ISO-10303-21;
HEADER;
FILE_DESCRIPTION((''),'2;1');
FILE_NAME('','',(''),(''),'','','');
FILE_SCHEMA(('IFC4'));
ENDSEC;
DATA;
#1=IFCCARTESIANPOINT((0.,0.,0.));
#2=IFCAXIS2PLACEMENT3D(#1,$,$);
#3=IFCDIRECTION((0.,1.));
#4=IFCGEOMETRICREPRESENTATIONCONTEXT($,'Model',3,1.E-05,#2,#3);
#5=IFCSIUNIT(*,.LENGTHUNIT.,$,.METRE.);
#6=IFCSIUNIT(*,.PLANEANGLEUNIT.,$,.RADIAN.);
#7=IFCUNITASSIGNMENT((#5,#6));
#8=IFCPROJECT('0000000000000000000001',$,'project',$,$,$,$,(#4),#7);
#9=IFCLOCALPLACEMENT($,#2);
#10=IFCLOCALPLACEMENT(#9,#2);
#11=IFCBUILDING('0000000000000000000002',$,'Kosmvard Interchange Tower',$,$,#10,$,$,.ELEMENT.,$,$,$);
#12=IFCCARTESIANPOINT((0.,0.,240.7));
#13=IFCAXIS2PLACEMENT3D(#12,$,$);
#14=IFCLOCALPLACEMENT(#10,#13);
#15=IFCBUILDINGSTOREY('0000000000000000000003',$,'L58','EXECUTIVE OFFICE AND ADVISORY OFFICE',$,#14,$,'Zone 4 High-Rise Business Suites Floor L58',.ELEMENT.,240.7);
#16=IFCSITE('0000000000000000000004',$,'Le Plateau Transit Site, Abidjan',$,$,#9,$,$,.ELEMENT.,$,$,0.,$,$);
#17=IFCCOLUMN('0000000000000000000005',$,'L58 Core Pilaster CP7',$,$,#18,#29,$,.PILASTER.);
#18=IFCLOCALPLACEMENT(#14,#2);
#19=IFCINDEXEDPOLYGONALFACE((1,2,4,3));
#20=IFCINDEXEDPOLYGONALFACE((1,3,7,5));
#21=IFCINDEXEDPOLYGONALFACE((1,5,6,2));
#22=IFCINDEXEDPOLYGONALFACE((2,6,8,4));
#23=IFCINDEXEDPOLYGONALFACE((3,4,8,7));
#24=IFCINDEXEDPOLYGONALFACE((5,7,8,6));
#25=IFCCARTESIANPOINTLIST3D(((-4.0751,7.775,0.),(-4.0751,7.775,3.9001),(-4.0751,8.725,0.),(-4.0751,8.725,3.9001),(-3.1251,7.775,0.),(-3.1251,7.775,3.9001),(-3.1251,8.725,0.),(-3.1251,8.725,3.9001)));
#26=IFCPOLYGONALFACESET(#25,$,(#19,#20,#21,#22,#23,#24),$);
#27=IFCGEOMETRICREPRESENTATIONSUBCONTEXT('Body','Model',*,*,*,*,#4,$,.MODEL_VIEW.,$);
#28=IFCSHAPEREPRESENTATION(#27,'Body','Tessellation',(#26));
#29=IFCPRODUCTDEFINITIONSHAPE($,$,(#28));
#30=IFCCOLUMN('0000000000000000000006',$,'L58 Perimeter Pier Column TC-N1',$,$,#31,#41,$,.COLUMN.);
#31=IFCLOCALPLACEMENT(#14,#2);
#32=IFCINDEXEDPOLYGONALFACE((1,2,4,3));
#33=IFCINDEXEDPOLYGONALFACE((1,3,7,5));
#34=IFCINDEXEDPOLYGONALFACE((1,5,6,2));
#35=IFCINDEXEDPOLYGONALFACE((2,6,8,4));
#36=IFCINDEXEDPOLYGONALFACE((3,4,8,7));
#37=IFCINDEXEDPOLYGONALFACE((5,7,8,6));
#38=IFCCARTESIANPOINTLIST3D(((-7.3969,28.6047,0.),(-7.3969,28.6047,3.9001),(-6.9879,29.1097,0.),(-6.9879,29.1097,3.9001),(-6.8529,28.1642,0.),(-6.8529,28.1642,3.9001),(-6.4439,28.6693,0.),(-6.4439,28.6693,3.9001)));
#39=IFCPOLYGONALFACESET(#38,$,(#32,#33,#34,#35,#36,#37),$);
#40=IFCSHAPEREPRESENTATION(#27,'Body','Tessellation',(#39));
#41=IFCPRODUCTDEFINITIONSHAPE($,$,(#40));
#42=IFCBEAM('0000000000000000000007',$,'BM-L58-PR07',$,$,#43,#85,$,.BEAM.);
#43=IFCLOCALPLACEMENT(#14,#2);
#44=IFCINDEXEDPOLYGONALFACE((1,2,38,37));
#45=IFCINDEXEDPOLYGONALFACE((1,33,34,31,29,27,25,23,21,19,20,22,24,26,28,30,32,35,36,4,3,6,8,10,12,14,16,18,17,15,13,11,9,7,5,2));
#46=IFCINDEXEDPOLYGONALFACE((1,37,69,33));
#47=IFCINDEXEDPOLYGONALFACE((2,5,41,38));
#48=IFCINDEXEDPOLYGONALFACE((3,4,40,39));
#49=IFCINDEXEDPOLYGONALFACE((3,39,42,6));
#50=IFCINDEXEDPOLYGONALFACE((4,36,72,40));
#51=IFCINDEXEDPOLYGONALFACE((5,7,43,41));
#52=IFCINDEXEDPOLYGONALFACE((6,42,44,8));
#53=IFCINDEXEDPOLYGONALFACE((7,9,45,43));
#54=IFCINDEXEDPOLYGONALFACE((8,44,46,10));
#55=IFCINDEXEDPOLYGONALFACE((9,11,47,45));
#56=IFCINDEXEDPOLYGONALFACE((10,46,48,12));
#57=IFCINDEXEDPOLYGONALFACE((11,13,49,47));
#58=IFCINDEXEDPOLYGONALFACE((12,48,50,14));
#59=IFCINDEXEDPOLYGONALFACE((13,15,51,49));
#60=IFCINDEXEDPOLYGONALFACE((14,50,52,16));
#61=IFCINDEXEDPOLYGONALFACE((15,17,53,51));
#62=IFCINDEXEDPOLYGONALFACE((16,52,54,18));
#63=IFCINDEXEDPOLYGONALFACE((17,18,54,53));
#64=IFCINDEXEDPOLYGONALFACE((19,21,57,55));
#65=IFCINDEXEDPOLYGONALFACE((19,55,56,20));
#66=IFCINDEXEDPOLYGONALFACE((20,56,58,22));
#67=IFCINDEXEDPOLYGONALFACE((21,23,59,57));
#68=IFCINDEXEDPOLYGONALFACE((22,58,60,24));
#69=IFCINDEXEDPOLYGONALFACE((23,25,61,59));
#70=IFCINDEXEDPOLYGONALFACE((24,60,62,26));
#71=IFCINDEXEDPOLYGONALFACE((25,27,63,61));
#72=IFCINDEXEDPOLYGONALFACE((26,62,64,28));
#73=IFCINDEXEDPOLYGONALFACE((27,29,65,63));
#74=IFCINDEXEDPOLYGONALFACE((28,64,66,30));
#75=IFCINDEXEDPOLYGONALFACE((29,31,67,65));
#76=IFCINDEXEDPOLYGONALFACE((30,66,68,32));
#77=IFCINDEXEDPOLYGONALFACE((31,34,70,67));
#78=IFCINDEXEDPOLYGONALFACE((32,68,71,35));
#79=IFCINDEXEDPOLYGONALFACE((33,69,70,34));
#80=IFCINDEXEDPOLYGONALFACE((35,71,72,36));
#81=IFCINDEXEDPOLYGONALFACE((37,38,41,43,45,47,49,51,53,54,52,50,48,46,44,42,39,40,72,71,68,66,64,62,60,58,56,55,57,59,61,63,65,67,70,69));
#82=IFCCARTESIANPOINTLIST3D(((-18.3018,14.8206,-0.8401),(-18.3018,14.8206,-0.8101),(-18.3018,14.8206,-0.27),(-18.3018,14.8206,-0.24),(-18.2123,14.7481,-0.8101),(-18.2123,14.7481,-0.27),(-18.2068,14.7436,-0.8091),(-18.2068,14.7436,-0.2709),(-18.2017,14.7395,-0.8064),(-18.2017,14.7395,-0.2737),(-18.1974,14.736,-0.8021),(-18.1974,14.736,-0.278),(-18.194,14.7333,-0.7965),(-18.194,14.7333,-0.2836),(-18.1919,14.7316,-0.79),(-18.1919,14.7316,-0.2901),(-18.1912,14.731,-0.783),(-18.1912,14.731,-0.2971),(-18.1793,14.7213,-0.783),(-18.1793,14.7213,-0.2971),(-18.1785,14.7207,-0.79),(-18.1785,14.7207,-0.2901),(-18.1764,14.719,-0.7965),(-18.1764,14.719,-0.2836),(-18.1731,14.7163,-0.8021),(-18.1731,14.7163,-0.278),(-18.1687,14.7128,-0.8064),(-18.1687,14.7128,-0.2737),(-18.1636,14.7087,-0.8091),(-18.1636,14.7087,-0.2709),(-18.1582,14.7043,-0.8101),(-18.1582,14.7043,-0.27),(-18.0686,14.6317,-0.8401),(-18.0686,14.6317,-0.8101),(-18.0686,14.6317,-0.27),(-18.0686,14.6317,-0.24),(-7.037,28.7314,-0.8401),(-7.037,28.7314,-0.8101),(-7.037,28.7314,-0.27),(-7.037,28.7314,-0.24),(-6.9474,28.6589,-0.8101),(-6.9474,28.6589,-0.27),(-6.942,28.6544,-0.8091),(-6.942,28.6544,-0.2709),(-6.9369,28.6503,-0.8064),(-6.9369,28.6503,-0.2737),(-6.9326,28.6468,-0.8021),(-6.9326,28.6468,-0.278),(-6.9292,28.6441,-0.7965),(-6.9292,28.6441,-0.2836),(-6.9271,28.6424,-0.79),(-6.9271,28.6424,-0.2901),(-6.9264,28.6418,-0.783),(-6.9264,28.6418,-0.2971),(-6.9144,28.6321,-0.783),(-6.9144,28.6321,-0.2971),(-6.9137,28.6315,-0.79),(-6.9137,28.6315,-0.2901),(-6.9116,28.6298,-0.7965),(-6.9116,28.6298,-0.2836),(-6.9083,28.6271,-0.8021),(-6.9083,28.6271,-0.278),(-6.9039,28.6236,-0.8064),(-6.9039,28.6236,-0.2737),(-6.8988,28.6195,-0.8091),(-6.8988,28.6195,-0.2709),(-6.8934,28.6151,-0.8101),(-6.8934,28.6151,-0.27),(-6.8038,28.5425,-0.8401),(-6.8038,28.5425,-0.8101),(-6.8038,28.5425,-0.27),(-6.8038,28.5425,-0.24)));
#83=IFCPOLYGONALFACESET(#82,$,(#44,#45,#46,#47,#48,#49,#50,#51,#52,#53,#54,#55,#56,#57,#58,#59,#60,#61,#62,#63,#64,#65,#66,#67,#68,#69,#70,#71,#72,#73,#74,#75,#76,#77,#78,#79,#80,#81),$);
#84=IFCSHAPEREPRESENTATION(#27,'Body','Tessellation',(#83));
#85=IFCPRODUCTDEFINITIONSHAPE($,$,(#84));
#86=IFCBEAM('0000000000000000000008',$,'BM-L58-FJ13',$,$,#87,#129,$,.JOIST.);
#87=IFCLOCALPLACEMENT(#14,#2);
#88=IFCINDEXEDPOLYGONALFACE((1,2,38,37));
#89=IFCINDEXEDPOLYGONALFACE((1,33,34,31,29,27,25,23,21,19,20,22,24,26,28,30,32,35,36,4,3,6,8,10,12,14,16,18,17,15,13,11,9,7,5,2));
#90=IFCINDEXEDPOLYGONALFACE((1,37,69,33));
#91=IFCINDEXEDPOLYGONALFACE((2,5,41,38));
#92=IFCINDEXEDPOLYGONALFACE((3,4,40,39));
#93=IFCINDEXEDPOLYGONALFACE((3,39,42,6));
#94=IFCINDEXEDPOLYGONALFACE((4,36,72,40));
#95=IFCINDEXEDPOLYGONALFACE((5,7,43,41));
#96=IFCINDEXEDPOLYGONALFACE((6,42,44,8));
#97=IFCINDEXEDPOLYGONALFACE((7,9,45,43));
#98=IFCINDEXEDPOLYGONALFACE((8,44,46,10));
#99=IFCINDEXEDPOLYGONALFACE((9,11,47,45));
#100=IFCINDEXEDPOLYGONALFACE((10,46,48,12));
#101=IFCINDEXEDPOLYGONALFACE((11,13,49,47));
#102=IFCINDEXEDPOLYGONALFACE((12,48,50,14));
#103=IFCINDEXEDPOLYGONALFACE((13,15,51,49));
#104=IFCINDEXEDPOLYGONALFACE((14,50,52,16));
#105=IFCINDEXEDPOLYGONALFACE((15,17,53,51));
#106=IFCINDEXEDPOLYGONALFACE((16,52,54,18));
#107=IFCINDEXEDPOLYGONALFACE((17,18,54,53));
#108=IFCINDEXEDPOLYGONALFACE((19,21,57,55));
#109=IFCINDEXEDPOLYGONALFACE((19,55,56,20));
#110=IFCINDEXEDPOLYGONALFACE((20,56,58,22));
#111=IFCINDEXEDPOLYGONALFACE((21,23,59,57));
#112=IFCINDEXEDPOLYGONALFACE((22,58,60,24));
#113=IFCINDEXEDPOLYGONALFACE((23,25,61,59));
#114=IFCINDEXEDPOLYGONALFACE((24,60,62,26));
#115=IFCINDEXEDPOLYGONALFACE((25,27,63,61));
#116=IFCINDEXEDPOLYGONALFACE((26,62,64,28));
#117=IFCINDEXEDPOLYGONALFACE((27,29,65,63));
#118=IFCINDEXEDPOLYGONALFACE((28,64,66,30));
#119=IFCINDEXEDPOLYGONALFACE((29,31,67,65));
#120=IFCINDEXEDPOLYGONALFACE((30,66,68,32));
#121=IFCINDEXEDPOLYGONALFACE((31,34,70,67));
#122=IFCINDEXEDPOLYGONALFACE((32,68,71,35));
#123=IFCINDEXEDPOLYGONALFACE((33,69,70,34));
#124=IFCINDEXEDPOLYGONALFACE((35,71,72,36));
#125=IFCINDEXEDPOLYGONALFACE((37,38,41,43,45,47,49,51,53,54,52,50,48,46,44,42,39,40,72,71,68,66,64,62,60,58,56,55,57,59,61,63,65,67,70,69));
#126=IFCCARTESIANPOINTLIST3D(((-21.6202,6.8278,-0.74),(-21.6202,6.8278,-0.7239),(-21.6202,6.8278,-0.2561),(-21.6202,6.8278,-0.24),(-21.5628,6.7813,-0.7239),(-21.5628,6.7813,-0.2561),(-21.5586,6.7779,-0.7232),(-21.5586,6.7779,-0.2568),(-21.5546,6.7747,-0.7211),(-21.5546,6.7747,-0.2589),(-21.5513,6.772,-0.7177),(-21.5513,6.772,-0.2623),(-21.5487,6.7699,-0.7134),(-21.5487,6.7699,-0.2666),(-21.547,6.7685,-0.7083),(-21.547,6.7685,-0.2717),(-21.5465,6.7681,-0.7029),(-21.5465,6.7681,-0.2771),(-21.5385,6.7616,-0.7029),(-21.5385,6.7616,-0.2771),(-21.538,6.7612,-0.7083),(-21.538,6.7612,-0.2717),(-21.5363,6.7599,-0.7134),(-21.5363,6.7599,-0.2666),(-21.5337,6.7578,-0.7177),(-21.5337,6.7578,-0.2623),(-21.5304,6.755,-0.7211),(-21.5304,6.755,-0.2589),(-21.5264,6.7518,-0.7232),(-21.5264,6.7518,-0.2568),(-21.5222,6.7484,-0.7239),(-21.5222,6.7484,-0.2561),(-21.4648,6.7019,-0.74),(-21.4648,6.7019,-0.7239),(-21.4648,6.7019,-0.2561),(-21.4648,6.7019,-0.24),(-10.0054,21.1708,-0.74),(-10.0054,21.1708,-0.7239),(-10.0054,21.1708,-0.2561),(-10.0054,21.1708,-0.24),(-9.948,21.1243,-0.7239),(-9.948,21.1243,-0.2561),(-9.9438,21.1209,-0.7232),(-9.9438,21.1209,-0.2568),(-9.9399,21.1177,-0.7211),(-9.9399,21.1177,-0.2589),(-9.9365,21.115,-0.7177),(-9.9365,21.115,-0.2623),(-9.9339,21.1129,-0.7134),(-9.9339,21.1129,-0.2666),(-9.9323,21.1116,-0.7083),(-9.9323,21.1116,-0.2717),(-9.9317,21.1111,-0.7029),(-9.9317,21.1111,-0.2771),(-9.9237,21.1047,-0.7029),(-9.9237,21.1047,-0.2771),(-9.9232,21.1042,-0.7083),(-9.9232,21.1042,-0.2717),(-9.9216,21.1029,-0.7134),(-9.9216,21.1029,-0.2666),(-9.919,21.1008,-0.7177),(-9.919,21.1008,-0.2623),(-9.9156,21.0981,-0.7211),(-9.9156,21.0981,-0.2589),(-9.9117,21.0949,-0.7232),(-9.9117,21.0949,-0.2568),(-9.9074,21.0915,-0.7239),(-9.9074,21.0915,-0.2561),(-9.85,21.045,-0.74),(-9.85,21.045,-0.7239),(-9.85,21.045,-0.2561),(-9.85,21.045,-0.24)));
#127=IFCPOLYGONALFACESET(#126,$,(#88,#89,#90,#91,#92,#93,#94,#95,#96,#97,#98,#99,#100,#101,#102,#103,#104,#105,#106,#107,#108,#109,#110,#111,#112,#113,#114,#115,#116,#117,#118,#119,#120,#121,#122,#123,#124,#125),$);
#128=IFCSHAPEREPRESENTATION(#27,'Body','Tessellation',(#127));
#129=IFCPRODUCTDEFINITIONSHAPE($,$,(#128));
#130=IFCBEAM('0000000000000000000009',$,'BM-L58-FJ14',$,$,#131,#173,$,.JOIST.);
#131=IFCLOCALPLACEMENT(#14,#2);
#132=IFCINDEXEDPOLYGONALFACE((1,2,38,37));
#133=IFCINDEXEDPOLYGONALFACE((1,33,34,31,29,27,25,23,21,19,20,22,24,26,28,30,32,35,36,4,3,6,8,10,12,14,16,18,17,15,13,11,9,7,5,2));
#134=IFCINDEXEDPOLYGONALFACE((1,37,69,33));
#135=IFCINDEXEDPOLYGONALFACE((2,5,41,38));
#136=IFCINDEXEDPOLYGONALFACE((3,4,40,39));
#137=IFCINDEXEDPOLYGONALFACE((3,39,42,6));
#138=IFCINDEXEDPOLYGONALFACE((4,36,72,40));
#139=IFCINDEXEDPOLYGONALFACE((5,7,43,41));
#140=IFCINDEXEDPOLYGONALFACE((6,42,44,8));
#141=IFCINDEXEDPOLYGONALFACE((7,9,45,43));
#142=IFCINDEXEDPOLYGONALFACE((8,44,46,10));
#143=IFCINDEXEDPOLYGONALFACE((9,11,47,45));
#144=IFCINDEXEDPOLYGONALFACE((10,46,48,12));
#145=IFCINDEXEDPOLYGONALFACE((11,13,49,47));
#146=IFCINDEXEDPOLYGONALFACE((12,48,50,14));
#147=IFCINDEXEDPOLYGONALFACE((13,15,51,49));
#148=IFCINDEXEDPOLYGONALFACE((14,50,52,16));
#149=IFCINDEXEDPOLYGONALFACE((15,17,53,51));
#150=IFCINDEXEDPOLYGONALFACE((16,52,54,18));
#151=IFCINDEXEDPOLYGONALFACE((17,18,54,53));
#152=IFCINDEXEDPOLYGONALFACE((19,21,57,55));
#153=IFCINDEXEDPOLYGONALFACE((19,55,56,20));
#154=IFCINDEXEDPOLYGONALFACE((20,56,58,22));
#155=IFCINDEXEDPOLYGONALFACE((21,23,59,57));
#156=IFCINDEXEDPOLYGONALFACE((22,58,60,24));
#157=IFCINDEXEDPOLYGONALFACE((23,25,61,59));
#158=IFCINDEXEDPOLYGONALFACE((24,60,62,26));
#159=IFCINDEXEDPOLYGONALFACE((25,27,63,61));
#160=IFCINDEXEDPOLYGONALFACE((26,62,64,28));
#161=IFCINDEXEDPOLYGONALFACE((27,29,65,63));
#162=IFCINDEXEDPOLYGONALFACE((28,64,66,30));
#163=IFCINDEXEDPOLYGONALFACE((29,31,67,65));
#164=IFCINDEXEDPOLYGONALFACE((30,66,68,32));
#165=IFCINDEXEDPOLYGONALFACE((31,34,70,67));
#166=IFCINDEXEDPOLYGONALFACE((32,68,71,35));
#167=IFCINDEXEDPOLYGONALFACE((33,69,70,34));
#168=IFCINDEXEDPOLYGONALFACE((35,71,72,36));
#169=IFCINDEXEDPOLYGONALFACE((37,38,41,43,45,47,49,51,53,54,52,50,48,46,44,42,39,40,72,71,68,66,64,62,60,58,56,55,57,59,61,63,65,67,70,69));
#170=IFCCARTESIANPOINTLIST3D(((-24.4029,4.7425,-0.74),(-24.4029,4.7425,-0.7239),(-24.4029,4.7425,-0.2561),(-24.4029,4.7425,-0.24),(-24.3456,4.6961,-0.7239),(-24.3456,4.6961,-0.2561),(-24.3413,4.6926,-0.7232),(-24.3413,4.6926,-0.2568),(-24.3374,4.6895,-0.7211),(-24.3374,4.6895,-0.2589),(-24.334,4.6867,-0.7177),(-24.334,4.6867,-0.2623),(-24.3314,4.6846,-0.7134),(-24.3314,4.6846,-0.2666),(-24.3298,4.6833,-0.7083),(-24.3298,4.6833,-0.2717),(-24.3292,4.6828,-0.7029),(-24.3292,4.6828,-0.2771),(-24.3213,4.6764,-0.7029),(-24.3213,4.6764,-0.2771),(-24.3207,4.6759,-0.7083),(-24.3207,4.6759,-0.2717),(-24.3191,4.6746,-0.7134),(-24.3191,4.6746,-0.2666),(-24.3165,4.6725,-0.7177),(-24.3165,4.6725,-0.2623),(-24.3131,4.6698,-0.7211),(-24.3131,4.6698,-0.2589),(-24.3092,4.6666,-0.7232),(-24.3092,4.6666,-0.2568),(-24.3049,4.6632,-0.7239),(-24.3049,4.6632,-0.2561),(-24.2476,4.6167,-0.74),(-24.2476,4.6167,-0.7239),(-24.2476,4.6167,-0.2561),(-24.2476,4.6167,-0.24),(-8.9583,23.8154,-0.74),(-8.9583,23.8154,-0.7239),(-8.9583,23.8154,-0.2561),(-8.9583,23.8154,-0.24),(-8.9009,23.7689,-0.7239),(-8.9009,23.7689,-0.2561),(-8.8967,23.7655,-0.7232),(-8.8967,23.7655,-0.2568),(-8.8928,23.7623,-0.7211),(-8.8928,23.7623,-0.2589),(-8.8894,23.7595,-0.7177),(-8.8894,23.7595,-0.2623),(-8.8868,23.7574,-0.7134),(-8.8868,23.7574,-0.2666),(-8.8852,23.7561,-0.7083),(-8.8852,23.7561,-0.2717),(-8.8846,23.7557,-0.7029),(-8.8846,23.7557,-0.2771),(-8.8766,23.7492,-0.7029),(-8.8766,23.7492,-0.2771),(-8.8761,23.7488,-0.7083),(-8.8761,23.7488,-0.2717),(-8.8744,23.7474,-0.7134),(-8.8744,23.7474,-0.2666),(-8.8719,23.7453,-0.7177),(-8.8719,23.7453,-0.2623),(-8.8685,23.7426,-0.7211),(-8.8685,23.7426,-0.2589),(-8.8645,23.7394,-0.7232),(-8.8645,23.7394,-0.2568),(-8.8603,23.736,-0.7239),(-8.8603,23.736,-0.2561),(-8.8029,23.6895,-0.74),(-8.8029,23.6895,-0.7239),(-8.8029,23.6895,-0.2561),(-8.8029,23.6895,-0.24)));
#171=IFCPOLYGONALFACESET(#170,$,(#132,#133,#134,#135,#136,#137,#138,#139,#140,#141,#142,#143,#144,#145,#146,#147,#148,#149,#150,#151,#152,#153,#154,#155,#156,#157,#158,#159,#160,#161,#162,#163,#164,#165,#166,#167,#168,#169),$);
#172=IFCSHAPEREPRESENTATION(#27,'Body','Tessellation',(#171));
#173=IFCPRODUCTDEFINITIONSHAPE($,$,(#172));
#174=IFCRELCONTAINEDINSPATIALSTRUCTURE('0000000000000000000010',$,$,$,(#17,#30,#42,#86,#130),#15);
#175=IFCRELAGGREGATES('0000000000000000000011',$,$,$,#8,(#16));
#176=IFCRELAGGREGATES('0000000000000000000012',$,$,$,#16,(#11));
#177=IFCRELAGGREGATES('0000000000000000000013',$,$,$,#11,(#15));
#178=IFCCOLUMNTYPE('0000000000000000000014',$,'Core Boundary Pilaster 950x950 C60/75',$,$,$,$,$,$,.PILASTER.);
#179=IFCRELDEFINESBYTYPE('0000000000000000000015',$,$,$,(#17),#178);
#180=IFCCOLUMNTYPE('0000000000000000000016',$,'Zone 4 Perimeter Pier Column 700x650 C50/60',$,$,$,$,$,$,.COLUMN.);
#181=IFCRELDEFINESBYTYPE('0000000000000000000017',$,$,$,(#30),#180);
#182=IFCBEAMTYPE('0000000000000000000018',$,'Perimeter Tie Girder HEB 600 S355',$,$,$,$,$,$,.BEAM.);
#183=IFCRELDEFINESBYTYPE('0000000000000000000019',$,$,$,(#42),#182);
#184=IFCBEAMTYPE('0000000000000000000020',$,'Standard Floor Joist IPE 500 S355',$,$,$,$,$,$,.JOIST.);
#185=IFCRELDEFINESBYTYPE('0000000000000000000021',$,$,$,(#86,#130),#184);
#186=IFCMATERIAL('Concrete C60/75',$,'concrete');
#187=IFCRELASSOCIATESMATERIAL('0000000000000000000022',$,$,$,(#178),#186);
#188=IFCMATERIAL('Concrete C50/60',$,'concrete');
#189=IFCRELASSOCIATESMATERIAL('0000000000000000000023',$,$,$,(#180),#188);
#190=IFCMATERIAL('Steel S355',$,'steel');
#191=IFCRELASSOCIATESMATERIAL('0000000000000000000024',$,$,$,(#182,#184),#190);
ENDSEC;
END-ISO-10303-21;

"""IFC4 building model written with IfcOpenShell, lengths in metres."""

from ifc_helpers import new_model, si_unit, direction, frame, origin, origin_2d, place, context, subcontext, project, spatial, rectangle, i_section, extrude, source, transform, mapped, material, material_profile, profile_set, type_object, element, save


model = new_model("IFC4")

# Units and contexts
model_context = context("Model", 3, precision=1e-05, world=origin(), true_north=direction((0.0, 1.0)))
body_context = subcontext(model_context, "Body", "Model", "MODEL_VIEW")
ifc_project = project(units=[si_unit("LENGTHUNIT", "METRE"), si_unit("PLANEANGLEUNIT", "RADIAN")], contexts=[model_context])

# Site, building, storey
site_placement = place(None, origin())
site = spatial("IfcSite", under=ifc_project, at=site_placement, Name="Le Plateau Transit Site, Abidjan", CompositionType="ELEMENT", RefElevation=0.0)
building_placement = place(site_placement, origin())
building = spatial("IfcBuilding", under=site, at=building_placement, Name="Kosmvard Interchange Tower", CompositionType="ELEMENT")
storey_placement = place(building_placement, frame((0.0, 0.0, 240.7)))
storey = spatial("IfcBuildingStorey", under=building, at=storey_placement, Name="L58", Description="EXECUTIVE OFFICE AND ADVISORY OFFICE", LongName="Zone 4 High-Rise Business Suites Floor L58", CompositionType="ELEMENT", Elevation=240.7)

# Columns
ifc_material_1 = material(Name="Concrete C60/75", Category="concrete")
ifc_material_profile_1 = material_profile(ifc_material_1, rectangle(XDim=0.95, YDim=0.95, at=origin_2d()), Name="CP 950x950")
ifc_profile_set_1 = profile_set([ifc_material_profile_1], Name="Concrete C60/75")
column_type_1 = type_object("IfcColumnType", Name="Core Boundary Pilaster 950x950 C60/75", PredefinedType="PILASTER", material=ifc_profile_set_1)
shared_shape_1 = source(origin(), body_context, "Body", "SweptSolid", [
    extrude(rectangle(XDim=0.95, YDim=0.95, at=origin_2d()), origin(), (0.0, 0.0, 1.0), 3.9001),
])
column_1_placement = place(storey_placement, frame((-3.6001, 8.25, 0.0), z_axis=(0.0, 0.0, 1.0), x_axis=(1.0, 0.0, 0.0)))
element("IfcColumn", 1, at=column_1_placement, inside=storey, type_object=column_type_1, Name="L58 Core Pilaster CP7", PredefinedType="PILASTER", context=body_context, shape_type="MappedRepresentation", body=[
    mapped(shared_shape_1, transform((0.0, 0.0, 0.0), scale=1.0)),
])
ifc_material_2 = material(Name="Concrete C50/60", Category="concrete")
ifc_material_profile_2 = material_profile(ifc_material_2, rectangle(XDim=0.6499, YDim=0.7, at=origin_2d()), Name="TC 700x650")
ifc_profile_set_2 = profile_set([ifc_material_profile_2], Name="Concrete C50/60")
column_type_2 = type_object("IfcColumnType", Name="Zone 4 Perimeter Pier Column 700x650 C50/60", PredefinedType="COLUMN", material=ifc_profile_set_2)
shared_shape_2 = source(origin(), body_context, "Body", "SweptSolid", [
    extrude(rectangle(XDim=0.6499, YDim=0.7, at=origin_2d()), origin(), (0.0, 0.0, 1.0), 3.9001),
])
column_2_placement = place(storey_placement, frame((-6.9204, 28.637, 0.0), z_axis=(0.0, 0.0, 1.0), x_axis=(0.62932, 0.777146, 0.0)))
element("IfcColumn", 2, at=column_2_placement, inside=storey, type_object=column_type_2, Name="L58 Perimeter Pier Column TC-N1", PredefinedType="COLUMN", context=body_context, shape_type="MappedRepresentation", body=[
    mapped(shared_shape_2, transform((0.0, 0.0, 0.0), scale=1.0)),
])

# Beams
ifc_material_3 = material(Name="Steel S355", Category="steel")
ifc_material_profile_3 = material_profile(ifc_material_3, i_section(OverallWidth=0.3, OverallDepth=0.6001, WebThickness=0.0154, FlangeThickness=0.03, FilletRadius=0.0271, at=origin_2d()), Name="HEB 600")
ifc_profile_set_3 = profile_set([ifc_material_profile_3], Name="Steel S355")
beam_type_1 = type_object("IfcBeamType", Name="Perimeter Tie Girder HEB 600 S355", PredefinedType="BEAM", material=ifc_profile_set_3)
shared_shape_3 = source(origin(), body_context, "Body", "SweptSolid", [
    extrude(i_section(OverallWidth=0.3, OverallDepth=0.6001, WebThickness=0.0154, FlangeThickness=0.03, FilletRadius=0.0271, at=origin_2d()), origin(), (0.0, 0.0, 1.0), 17.8999),
])
beam_1_placement = place(storey_placement, frame((-6.9204, 28.637, -0.54), z_axis=(-0.629323, -0.777144, 0.0), x_axis=(0.777144, -0.629323, 0.0)))
element("IfcBeam", 3, at=beam_1_placement, inside=storey, type_object=beam_type_1, Name="BM-L58-PR07", PredefinedType="BEAM", context=body_context, shape_type="MappedRepresentation", body=[
    mapped(shared_shape_3, transform((0.0, 0.0, 0.0), scale=1.0)),
])
ifc_material_profile_4 = material_profile(ifc_material_3, i_section(OverallWidth=0.2, OverallDepth=0.5, WebThickness=0.0103, FlangeThickness=0.0161, FilletRadius=0.021, at=origin_2d()), Name="IPE 500")
ifc_profile_set_4 = profile_set([ifc_material_profile_4], Name="Steel S355")
beam_type_2 = type_object("IfcBeamType", Name="Standard Floor Joist IPE 500 S355", PredefinedType="JOIST", material=ifc_profile_set_4)
shared_shape_4 = source(origin(), body_context, "Body", "SweptSolid", [
    extrude(i_section(OverallWidth=0.2, OverallDepth=0.5, WebThickness=0.0103, FlangeThickness=0.0161, FilletRadius=0.021, at=origin_2d()), origin(), (0.0, 0.0, 1.0), 18.4561),
])
beam_2_placement = place(storey_placement, frame((-9.9277, 21.1079, -0.49), z_axis=(-0.62932, -0.777146, 0.0), x_axis=(0.777146, -0.62932, 0.0)))
element("IfcBeam", 4, at=beam_2_placement, inside=storey, type_object=beam_type_2, Name="BM-L58-FJ13", PredefinedType="JOIST", context=body_context, shape_type="MappedRepresentation", body=[
    mapped(shared_shape_4, transform((0.0, 0.0, 0.0), scale=1.0)),
])
shared_shape_5 = source(origin(), body_context, "Body", "SweptSolid", [
    extrude(i_section(OverallWidth=0.2, OverallDepth=0.5, WebThickness=0.0103, FlangeThickness=0.0161, FilletRadius=0.021, at=origin_2d()), origin(), (0.0, 0.0, 1.0), 24.542),
])
beam_3_placement = place(storey_placement, frame((-8.8806, 23.7524, -0.49), z_axis=(-0.629315, -0.777151, 0.0), x_axis=(0.777151, -0.629315, 0.0)))
element("IfcBeam", 5, at=beam_3_placement, inside=storey, type_object=beam_type_2, Name="BM-L58-FJ14", PredefinedType="JOIST", context=body_context, shape_type="MappedRepresentation", body=[
    mapped(shared_shape_5, transform((0.0, 0.0, 0.0), scale=1.0)),
])

save(model, "model.ifc")
